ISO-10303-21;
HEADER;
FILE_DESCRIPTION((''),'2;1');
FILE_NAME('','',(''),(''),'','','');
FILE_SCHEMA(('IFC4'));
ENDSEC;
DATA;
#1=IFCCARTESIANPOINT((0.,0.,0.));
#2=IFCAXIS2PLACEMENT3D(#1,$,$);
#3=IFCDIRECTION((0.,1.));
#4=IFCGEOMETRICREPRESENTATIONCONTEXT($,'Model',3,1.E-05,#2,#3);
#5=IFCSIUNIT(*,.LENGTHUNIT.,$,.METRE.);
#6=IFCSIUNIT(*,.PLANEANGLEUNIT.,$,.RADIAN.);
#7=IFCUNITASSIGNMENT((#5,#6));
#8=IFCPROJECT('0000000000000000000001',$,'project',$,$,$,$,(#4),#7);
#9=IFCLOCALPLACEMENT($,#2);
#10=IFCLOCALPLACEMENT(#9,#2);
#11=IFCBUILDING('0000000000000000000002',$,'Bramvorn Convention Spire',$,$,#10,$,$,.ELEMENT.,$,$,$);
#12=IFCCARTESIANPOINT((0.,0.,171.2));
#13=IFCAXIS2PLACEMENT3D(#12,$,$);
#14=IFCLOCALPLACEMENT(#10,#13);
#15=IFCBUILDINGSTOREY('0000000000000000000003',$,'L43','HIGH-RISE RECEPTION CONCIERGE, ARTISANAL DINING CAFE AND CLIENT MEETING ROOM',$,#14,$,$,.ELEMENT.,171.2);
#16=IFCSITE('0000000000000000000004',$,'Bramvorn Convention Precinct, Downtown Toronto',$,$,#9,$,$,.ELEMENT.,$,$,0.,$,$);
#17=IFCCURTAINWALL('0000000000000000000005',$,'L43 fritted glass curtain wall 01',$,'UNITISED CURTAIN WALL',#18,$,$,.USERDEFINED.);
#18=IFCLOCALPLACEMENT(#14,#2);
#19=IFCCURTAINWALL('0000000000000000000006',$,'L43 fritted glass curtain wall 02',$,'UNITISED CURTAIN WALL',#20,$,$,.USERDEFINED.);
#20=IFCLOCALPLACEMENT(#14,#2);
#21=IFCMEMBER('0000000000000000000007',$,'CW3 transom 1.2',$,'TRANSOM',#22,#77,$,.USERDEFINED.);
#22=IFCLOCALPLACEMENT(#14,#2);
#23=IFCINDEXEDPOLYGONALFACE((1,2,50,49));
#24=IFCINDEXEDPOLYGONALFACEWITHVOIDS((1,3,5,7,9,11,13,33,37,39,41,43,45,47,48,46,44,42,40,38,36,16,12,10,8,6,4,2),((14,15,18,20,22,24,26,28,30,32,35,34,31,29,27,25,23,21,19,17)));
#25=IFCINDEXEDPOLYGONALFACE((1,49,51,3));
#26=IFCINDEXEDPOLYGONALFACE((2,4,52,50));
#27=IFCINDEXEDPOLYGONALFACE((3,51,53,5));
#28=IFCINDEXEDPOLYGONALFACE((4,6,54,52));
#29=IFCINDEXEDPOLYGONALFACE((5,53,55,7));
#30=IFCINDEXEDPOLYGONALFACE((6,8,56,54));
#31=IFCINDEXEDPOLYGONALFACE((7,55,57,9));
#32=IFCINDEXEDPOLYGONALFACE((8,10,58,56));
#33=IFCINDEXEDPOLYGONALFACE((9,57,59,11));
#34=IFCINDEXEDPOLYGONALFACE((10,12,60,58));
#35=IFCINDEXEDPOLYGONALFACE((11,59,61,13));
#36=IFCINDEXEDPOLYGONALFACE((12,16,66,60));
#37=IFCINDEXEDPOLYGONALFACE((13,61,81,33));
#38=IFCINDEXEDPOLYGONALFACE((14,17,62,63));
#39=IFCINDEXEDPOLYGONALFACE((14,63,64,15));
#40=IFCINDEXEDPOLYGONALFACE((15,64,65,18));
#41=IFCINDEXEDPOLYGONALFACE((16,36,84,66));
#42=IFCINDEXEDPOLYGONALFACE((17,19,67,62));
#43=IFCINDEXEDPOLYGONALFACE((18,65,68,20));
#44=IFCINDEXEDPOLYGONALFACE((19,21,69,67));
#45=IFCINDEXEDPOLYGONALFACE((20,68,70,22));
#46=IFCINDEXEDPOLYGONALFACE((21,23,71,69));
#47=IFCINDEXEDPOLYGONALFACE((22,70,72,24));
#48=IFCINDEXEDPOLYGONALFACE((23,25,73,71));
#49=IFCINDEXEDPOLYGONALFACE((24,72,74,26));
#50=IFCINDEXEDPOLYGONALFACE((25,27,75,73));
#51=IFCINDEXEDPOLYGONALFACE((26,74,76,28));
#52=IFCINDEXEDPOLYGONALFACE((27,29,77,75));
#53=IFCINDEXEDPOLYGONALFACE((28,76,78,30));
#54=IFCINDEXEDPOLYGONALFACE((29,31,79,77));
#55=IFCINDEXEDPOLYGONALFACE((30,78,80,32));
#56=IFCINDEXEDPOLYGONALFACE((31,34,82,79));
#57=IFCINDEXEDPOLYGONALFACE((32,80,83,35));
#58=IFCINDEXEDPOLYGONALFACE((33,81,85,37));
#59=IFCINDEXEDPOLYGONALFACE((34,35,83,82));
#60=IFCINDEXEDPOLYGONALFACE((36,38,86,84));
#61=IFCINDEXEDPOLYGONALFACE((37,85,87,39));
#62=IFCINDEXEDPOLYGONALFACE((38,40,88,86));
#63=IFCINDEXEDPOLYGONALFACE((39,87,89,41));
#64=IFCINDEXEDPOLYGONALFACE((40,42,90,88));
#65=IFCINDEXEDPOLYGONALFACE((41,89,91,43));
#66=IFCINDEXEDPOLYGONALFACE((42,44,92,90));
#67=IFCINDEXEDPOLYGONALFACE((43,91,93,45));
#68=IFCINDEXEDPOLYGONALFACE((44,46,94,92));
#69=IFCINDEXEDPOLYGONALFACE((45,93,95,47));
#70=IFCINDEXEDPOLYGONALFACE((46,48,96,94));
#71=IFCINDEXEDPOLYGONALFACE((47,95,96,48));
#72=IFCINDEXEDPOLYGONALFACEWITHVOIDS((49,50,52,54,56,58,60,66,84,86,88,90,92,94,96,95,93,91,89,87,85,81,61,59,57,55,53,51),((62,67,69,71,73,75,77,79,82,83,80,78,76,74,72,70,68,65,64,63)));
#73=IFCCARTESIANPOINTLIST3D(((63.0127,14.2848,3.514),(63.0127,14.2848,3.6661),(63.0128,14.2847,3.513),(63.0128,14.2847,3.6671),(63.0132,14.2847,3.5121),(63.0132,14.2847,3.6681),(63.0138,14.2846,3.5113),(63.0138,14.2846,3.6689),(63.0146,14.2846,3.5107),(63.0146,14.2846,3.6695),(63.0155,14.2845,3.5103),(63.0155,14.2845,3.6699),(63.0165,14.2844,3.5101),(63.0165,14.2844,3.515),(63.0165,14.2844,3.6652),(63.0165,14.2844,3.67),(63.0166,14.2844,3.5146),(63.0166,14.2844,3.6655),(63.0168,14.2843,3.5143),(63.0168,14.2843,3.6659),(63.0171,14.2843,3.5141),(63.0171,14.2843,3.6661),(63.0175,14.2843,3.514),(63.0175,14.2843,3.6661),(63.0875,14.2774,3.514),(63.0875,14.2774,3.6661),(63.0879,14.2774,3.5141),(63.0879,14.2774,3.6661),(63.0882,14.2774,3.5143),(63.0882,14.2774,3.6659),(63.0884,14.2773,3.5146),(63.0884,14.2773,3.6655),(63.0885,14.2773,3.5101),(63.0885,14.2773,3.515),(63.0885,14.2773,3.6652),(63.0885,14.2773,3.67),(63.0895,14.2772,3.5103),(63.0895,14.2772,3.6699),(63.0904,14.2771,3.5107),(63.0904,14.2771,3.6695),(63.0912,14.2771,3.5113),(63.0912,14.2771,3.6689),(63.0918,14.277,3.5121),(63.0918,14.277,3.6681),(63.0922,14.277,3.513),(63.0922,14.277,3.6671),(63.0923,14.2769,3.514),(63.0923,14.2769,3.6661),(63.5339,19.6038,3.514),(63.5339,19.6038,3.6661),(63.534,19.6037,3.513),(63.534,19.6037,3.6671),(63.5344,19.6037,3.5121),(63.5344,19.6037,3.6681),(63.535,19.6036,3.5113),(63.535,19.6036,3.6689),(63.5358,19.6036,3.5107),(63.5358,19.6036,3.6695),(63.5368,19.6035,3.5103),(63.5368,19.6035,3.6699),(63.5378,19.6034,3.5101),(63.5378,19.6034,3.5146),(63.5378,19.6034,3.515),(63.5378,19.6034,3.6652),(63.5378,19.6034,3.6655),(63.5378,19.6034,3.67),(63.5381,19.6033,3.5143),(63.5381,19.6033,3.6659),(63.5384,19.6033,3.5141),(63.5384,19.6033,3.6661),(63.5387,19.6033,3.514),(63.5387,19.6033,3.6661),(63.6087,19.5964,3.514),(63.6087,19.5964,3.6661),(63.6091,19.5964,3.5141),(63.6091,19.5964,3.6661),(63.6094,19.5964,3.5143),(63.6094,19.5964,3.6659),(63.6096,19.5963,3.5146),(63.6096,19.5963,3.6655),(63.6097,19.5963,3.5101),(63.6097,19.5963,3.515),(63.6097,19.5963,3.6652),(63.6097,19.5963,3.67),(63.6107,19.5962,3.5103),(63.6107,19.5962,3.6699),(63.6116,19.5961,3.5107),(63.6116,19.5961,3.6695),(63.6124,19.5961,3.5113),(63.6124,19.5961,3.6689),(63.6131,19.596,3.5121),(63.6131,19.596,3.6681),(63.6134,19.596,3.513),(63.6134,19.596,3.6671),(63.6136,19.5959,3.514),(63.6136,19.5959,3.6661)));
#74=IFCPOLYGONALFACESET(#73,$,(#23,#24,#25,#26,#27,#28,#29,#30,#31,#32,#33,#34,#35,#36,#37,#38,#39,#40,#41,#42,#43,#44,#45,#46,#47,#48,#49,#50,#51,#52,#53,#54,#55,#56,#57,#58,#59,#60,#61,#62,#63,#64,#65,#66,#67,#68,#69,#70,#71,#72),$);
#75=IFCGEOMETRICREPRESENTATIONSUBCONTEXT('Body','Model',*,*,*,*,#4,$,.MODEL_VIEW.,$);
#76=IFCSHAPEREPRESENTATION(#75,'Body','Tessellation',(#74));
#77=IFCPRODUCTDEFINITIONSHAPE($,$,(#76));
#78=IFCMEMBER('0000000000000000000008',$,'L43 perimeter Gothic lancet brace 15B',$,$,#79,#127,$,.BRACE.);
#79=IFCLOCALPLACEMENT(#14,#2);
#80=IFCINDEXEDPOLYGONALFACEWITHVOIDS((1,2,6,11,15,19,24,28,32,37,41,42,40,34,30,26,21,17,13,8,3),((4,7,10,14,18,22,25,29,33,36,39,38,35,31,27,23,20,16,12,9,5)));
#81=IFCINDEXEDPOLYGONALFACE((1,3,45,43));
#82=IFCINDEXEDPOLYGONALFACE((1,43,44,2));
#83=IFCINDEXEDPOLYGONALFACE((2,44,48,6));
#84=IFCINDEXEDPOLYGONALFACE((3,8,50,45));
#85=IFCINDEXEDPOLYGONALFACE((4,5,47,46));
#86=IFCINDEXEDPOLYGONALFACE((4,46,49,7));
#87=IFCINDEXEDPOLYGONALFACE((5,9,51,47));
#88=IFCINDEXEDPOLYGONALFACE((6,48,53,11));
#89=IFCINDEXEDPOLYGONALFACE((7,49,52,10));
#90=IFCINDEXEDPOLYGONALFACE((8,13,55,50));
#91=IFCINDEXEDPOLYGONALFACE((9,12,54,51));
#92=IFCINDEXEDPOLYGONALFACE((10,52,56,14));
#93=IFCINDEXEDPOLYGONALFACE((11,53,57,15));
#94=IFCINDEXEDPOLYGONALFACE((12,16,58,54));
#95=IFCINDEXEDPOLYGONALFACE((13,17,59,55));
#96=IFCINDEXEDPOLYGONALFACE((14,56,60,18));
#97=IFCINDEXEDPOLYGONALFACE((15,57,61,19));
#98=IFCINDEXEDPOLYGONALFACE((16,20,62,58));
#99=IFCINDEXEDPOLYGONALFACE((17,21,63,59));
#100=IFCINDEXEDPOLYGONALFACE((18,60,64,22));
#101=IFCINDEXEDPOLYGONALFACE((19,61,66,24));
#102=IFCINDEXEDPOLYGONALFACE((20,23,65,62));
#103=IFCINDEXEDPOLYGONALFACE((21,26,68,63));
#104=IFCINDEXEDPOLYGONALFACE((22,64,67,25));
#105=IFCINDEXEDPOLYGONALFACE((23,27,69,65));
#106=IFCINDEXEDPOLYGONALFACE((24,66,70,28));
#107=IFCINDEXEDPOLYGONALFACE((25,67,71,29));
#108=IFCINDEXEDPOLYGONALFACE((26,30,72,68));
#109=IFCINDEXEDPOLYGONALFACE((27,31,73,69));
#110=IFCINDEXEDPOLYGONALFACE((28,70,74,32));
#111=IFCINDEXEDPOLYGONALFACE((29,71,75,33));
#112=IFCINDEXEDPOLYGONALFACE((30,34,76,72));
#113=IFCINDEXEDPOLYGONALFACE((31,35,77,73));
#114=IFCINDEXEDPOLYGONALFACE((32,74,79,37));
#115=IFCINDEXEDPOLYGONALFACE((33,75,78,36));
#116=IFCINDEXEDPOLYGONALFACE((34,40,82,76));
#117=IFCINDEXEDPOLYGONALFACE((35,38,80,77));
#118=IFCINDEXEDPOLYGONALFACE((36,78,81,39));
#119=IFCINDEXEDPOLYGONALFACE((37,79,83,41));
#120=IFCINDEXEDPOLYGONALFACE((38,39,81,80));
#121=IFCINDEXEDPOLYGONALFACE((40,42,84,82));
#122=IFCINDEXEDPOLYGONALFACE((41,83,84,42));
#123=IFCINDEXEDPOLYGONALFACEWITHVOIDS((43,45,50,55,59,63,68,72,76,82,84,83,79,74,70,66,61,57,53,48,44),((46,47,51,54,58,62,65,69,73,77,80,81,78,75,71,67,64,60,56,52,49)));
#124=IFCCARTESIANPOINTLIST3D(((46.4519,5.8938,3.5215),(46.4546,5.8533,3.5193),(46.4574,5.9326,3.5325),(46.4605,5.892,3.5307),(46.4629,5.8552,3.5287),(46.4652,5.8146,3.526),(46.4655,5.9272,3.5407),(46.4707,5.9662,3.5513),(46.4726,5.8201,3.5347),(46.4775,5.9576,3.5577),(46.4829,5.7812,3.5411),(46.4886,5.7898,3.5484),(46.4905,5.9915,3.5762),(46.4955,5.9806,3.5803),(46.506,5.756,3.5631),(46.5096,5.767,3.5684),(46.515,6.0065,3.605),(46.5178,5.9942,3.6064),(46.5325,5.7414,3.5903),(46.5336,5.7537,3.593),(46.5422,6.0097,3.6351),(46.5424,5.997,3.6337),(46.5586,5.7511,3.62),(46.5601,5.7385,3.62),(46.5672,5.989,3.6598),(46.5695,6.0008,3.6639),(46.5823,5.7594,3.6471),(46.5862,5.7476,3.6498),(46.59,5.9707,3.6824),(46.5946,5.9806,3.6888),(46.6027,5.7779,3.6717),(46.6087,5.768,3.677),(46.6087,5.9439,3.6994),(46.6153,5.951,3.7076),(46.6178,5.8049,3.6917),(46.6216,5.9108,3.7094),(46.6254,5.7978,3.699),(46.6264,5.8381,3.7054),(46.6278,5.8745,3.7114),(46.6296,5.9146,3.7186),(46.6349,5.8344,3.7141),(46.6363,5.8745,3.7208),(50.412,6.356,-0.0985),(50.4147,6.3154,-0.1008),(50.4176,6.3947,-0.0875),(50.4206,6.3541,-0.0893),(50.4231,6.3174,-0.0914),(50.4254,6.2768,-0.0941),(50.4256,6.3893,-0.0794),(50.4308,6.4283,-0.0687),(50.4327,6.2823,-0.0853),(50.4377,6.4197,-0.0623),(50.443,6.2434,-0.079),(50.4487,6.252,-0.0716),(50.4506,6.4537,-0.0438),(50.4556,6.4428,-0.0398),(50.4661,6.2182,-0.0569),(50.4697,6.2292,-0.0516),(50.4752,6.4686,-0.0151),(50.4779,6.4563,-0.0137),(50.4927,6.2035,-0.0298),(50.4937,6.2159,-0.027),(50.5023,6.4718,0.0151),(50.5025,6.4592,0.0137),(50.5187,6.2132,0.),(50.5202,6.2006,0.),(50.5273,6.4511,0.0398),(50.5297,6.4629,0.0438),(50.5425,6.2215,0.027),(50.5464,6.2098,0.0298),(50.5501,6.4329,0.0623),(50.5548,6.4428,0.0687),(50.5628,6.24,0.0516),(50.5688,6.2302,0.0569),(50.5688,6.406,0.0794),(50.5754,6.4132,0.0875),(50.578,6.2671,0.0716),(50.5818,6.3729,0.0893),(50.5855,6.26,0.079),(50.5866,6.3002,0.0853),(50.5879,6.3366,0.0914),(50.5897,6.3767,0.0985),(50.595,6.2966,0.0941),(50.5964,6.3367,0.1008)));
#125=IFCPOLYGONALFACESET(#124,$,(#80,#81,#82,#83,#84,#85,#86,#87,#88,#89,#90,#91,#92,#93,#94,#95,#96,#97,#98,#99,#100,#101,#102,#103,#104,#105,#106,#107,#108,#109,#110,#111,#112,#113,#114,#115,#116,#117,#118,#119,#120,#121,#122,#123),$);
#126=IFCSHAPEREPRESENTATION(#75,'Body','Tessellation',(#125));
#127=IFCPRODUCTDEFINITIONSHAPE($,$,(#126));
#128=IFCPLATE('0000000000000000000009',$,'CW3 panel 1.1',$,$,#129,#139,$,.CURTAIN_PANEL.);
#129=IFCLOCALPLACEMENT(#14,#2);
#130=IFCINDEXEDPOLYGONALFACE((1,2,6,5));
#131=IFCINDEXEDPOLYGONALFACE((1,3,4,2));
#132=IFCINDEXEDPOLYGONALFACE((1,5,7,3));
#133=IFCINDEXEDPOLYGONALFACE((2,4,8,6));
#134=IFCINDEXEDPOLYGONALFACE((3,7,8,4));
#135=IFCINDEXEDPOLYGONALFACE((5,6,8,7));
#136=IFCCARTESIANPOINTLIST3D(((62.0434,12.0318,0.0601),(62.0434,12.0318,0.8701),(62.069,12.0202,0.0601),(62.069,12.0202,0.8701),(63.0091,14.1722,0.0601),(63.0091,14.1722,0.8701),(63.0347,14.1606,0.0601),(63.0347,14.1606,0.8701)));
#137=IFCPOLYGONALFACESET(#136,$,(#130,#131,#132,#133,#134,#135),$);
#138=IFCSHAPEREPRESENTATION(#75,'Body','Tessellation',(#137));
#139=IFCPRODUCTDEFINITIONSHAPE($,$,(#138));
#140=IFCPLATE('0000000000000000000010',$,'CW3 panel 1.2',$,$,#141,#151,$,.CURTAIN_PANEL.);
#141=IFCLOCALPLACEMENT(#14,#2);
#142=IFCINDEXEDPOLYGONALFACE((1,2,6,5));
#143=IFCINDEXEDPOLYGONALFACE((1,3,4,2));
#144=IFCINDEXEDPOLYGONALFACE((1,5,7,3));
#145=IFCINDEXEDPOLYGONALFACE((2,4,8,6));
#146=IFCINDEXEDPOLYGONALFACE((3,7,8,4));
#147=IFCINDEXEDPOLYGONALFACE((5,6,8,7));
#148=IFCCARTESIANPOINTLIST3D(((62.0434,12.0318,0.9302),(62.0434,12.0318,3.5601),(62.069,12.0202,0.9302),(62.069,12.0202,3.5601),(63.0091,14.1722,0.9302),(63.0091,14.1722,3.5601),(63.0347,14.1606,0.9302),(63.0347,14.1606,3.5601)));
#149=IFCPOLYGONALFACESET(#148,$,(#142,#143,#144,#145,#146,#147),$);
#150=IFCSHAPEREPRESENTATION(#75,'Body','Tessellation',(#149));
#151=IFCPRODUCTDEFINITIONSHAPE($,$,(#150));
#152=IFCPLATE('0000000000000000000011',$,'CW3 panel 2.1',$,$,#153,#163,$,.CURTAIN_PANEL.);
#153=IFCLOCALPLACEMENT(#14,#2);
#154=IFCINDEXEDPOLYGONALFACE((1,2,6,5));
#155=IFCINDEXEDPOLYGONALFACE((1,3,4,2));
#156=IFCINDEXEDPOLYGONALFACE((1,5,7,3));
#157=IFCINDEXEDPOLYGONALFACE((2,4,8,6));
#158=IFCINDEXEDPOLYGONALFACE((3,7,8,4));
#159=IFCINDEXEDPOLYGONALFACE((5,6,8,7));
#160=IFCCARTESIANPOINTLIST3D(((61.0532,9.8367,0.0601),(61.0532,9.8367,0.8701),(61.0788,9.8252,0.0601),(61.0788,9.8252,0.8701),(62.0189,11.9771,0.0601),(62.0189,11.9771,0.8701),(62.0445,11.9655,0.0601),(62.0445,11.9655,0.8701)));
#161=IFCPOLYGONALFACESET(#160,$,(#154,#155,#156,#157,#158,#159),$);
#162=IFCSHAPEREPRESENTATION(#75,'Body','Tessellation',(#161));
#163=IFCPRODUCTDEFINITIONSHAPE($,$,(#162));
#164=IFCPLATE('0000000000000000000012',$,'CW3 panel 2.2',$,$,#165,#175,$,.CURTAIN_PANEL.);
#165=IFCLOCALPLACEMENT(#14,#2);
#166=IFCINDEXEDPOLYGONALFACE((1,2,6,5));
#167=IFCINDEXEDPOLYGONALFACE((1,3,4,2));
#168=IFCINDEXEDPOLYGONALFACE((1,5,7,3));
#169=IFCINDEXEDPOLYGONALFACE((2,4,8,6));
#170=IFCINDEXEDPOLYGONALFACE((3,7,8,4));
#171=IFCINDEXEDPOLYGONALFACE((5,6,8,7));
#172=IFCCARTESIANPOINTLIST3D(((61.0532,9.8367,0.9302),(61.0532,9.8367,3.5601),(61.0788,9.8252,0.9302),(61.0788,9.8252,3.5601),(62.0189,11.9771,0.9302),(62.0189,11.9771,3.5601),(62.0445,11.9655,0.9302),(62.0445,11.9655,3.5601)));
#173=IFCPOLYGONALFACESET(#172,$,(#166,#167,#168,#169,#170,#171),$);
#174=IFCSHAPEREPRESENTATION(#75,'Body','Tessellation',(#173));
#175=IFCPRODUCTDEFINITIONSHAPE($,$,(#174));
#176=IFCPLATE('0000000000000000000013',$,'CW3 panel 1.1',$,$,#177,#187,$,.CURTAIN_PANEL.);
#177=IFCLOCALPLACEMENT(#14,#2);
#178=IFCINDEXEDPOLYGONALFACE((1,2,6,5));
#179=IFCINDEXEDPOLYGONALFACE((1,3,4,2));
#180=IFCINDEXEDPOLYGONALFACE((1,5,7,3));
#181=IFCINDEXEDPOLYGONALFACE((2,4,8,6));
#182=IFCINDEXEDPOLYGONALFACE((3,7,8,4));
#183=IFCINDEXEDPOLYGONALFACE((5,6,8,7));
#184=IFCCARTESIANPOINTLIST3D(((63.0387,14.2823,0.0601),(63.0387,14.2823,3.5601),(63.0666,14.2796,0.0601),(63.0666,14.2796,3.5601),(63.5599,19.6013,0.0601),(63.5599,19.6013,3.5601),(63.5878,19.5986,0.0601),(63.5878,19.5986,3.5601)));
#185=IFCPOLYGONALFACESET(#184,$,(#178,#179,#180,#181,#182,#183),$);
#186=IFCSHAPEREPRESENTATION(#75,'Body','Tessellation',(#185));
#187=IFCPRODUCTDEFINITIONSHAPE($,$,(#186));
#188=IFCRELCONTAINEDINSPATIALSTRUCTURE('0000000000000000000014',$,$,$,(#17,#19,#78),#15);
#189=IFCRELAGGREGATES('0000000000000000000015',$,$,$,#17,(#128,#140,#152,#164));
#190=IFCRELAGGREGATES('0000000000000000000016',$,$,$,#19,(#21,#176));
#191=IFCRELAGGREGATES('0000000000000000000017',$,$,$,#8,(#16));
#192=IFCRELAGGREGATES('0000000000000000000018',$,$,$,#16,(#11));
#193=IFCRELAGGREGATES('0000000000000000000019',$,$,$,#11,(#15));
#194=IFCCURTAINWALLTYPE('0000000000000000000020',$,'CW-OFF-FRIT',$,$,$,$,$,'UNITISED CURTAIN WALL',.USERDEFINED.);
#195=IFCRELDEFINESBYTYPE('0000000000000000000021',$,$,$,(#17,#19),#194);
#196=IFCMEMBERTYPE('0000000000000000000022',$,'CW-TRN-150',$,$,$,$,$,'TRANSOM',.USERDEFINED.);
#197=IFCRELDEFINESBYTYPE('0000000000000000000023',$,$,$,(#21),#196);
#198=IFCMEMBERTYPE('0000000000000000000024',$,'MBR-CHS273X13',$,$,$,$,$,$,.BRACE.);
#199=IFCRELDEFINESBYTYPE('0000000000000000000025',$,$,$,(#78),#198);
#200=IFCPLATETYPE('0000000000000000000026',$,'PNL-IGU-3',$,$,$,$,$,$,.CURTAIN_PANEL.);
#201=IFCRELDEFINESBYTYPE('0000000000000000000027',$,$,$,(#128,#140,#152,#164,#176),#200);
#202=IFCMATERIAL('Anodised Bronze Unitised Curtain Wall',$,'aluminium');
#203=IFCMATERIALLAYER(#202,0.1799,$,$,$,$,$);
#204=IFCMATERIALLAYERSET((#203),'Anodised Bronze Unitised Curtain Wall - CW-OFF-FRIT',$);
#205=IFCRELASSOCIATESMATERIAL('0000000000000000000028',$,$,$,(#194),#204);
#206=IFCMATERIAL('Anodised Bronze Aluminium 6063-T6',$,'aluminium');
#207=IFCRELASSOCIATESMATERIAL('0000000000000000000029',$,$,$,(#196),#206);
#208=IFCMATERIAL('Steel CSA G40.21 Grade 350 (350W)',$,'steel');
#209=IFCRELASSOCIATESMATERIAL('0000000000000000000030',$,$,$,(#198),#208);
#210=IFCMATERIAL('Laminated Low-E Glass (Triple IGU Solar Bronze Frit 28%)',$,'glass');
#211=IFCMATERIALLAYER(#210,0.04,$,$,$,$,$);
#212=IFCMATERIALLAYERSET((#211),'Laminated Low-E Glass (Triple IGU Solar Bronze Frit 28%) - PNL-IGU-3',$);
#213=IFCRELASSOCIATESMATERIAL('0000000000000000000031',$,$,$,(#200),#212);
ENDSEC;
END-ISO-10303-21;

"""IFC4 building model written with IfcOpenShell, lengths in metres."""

from ifc_helpers import new_model, si_unit, direction, frame, origin, origin_2d, place, context, subcontext, project, spatial, rectangle, hollow_rectangle, hollow_circle, extrude, material, layer, layer_set, material_profile, profile_set, type_object, element, aggregate, save


model = new_model("IFC4")

# Units and contexts
model_context = context("Model", 3, precision=1e-05, world=origin(), true_north=direction((0.0, 1.0)))
body_context = subcontext(model_context, "Body", "Model", "MODEL_VIEW")
ifc_project = project(units=[si_unit("LENGTHUNIT", "METRE"), si_unit("PLANEANGLEUNIT", "RADIAN")], contexts=[model_context])

# Site, building, storey
site_placement = place(None, origin())
site = spatial("IfcSite", under=ifc_project, at=site_placement, Name="Bramvorn Convention Precinct, Downtown Toronto", CompositionType="ELEMENT", RefElevation=0.0)
building_placement = place(site_placement, origin())
building = spatial("IfcBuilding", under=site, at=building_placement, Name="Bramvorn Convention Spire", CompositionType="ELEMENT")
storey_placement = place(building_placement, frame((0.0, 0.0, 171.2)))
storey = spatial("IfcBuildingStorey", under=building, at=storey_placement, Name="L43", Description="HIGH-RISE RECEPTION CONCIERGE, ARTISANAL DINING CAFE AND CLIENT MEETING ROOM", CompositionType="ELEMENT", Elevation=171.2)

# Shared definitions
ifc_material_1 = material(Name="Steel CSA G40.21 Grade 350 (350W)", Category="steel")

# Curtain walls
ifc_material_2 = material(Name="Anodised Bronze Unitised Curtain Wall", Category="aluminium")
ifc_layer_1 = layer(ifc_material_2, 0.1799)
ifc_layer_set_1 = layer_set([ifc_layer_1], Name="Anodised Bronze Unitised Curtain Wall - CW-OFF-FRIT")
curtain_wall_type = type_object("IfcCurtainWallType", Name="CW-OFF-FRIT", ElementType="UNITISED CURTAIN WALL", PredefinedType="USERDEFINED", material=ifc_layer_set_1)
curtain_wall_1_placement = place(storey_placement, origin())
curtain_wall_1 = element("IfcCurtainWall", 1, at=curtain_wall_1_placement, inside=storey, type_object=curtain_wall_type, Name="L43 fritted glass curtain wall 01", ObjectType="UNITISED CURTAIN WALL", PredefinedType="USERDEFINED")
ifc_material_3 = material(Name="Anodised Bronze Aluminium 6063-T6", Category="aluminium")
curtain_wall_2_placement = place(storey_placement, origin())
curtain_wall_2 = element("IfcCurtainWall", 2, at=curtain_wall_2_placement, inside=storey, type_object=curtain_wall_type, Name="L43 fritted glass curtain wall 02", ObjectType="UNITISED CURTAIN WALL", PredefinedType="USERDEFINED")

# Members
ifc_material_profile_1 = material_profile(ifc_material_3, hollow_rectangle(XDim=0.0801, YDim=0.1599, WallThickness=0.0039, InnerFilletRadius=0.001, OuterFilletRadius=0.0039, at=origin_2d()))
ifc_profile_set_1 = profile_set([ifc_material_profile_1], Name="Anodised Bronze Aluminium 6063-T6 - CWT80X160")
member_type_1 = type_object("IfcMemberType", Name="CW-TRN-150", ElementType="TRANSOM", PredefinedType="USERDEFINED", material=ifc_profile_set_1)
member_1_placement = place(storey_placement, frame((63.5737, 19.5999, 3.5901), z_axis=(-0.097527, -0.995233, 0.0), x_axis=(0.995233, -0.097527, 0.0)))
member_1 = element("IfcMember", 3, at=member_1_placement, type_object=member_type_1, Name="CW3 transom 1.2", ObjectType="TRANSOM", PredefinedType="USERDEFINED", context=body_context, shape_type="SweptSolid", body=[
    extrude(hollow_rectangle(XDim=0.0801, YDim=0.1599, WallThickness=0.0039, InnerFilletRadius=0.001, OuterFilletRadius=0.0039, at=origin_2d()), origin(), (0.0, 0.0, 1.0), 5.3445),
])
ifc_material_profile_2 = material_profile(ifc_material_1, hollow_circle(Radius=0.1365, WallThickness=0.0127, at=origin_2d()))
ifc_profile_set_2 = profile_set([ifc_material_profile_2], Name="Steel CSA G40.21 Grade 350 (350W) - CHS273X13")
member_type_2 = type_object("IfcMemberType", Name="MBR-CHS273X13", PredefinedType="BRACE", material=ifc_profile_set_2)
member_2_placement = place(storey_placement, frame((50.5044, 6.3362, 0.0), z_axis=(-0.735365, -0.085818, 0.672215), x_axis=(0.115914, -0.993259, 0.0)))
element("IfcMember", 4, at=member_2_placement, inside=storey, type_object=member_type_2, Name="L43 perimeter Gothic lancet brace 15B", PredefinedType="BRACE", context=body_context, shape_type="SweptSolid", body=[
    extrude(hollow_circle(Radius=0.1365, WallThickness=0.0127, at=origin_2d()), origin(), (0.0, 0.0, 1.0), 5.3853),
])

# Plates
ifc_material_4 = material(Name="Laminated Low-E Glass (Triple IGU Solar Bronze Frit 28%)", Category="glass")
ifc_layer_2 = layer(ifc_material_4, 0.04)
ifc_layer_set_2 = layer_set([ifc_layer_2], Name="Laminated Low-E Glass (Triple IGU Solar Bronze Frit 28%) - PNL-IGU-3")
plate_type = type_object("IfcPlateType", Name="PNL-IGU-3", PredefinedType="CURTAIN_PANEL", material=ifc_layer_set_2)
plate_1_placement = place(storey_placement, frame((62.5391, 13.0962, 0.0601), z_axis=(0.0, 0.0, 1.0), x_axis=(-0.41125, -0.911522, 0.0)))
plate_1 = element("IfcPlate", 5, at=plate_1_placement, type_object=plate_type, Name="CW3 panel 1.1", PredefinedType="CURTAIN_PANEL", context=body_context, shape_type="SweptSolid", body=[
    extrude(rectangle(XDim=2.3481, YDim=0.0281, at=origin_2d()), origin(), (0.0, 0.0, 1.0), 0.8101),
])
plate_2_placement = place(storey_placement, frame((62.5391, 13.0962, 0.9302), z_axis=(0.0, 0.0, 1.0), x_axis=(-0.41125, -0.911522, 0.0)))
plate_2 = element("IfcPlate", 6, at=plate_2_placement, type_object=plate_type, Name="CW3 panel 1.2", PredefinedType="CURTAIN_PANEL", context=body_context, shape_type="SweptSolid", body=[
    extrude(rectangle(XDim=2.3481, YDim=0.0281, at=origin_2d()), origin(), (0.0, 0.0, 1.0), 2.6299),
])
plate_3_placement = place(storey_placement, frame((61.5488, 10.9011, 0.0601), z_axis=(0.0, 0.0, 1.0), x_axis=(-0.41125, -0.911522, 0.0)))
plate_3 = element("IfcPlate", 7, at=plate_3_placement, type_object=plate_type, Name="CW3 panel 2.1", PredefinedType="CURTAIN_PANEL", context=body_context, shape_type="SweptSolid", body=[
    extrude(rectangle(XDim=2.3481, YDim=0.0281, at=origin_2d()), origin(), (0.0, 0.0, 1.0), 0.8101),
])
plate_4_placement = place(storey_placement, frame((61.5488, 10.9011, 0.9302), z_axis=(0.0, 0.0, 1.0), x_axis=(-0.41125, -0.911522, 0.0)))
plate_4 = element("IfcPlate", 8, at=plate_4_placement, type_object=plate_type, Name="CW3 panel 2.2", PredefinedType="CURTAIN_PANEL", context=body_context, shape_type="SweptSolid", body=[
    extrude(rectangle(XDim=2.3481, YDim=0.0281, at=origin_2d()), origin(), (0.0, 0.0, 1.0), 2.6299),
])
aggregate(curtain_wall_1, [plate_1, plate_2, plate_3, plate_4])
plate_5_placement = place(storey_placement, frame((63.3132, 16.9404, 0.0601), z_axis=(0.0, 0.0, 1.0), x_axis=(-0.09752, -0.995234, 0.0)))
plate_5 = element("IfcPlate", 9, at=plate_5_placement, type_object=plate_type, Name="CW3 panel 1.1", PredefinedType="CURTAIN_PANEL", context=body_context, shape_type="SweptSolid", body=[
    extrude(rectangle(XDim=5.3445, YDim=0.0281, at=origin_2d()), origin(), (0.0, 0.0, 1.0), 3.5),
])
aggregate(curtain_wall_2, [member_1, plate_5])

save(model, "model.ifc")
